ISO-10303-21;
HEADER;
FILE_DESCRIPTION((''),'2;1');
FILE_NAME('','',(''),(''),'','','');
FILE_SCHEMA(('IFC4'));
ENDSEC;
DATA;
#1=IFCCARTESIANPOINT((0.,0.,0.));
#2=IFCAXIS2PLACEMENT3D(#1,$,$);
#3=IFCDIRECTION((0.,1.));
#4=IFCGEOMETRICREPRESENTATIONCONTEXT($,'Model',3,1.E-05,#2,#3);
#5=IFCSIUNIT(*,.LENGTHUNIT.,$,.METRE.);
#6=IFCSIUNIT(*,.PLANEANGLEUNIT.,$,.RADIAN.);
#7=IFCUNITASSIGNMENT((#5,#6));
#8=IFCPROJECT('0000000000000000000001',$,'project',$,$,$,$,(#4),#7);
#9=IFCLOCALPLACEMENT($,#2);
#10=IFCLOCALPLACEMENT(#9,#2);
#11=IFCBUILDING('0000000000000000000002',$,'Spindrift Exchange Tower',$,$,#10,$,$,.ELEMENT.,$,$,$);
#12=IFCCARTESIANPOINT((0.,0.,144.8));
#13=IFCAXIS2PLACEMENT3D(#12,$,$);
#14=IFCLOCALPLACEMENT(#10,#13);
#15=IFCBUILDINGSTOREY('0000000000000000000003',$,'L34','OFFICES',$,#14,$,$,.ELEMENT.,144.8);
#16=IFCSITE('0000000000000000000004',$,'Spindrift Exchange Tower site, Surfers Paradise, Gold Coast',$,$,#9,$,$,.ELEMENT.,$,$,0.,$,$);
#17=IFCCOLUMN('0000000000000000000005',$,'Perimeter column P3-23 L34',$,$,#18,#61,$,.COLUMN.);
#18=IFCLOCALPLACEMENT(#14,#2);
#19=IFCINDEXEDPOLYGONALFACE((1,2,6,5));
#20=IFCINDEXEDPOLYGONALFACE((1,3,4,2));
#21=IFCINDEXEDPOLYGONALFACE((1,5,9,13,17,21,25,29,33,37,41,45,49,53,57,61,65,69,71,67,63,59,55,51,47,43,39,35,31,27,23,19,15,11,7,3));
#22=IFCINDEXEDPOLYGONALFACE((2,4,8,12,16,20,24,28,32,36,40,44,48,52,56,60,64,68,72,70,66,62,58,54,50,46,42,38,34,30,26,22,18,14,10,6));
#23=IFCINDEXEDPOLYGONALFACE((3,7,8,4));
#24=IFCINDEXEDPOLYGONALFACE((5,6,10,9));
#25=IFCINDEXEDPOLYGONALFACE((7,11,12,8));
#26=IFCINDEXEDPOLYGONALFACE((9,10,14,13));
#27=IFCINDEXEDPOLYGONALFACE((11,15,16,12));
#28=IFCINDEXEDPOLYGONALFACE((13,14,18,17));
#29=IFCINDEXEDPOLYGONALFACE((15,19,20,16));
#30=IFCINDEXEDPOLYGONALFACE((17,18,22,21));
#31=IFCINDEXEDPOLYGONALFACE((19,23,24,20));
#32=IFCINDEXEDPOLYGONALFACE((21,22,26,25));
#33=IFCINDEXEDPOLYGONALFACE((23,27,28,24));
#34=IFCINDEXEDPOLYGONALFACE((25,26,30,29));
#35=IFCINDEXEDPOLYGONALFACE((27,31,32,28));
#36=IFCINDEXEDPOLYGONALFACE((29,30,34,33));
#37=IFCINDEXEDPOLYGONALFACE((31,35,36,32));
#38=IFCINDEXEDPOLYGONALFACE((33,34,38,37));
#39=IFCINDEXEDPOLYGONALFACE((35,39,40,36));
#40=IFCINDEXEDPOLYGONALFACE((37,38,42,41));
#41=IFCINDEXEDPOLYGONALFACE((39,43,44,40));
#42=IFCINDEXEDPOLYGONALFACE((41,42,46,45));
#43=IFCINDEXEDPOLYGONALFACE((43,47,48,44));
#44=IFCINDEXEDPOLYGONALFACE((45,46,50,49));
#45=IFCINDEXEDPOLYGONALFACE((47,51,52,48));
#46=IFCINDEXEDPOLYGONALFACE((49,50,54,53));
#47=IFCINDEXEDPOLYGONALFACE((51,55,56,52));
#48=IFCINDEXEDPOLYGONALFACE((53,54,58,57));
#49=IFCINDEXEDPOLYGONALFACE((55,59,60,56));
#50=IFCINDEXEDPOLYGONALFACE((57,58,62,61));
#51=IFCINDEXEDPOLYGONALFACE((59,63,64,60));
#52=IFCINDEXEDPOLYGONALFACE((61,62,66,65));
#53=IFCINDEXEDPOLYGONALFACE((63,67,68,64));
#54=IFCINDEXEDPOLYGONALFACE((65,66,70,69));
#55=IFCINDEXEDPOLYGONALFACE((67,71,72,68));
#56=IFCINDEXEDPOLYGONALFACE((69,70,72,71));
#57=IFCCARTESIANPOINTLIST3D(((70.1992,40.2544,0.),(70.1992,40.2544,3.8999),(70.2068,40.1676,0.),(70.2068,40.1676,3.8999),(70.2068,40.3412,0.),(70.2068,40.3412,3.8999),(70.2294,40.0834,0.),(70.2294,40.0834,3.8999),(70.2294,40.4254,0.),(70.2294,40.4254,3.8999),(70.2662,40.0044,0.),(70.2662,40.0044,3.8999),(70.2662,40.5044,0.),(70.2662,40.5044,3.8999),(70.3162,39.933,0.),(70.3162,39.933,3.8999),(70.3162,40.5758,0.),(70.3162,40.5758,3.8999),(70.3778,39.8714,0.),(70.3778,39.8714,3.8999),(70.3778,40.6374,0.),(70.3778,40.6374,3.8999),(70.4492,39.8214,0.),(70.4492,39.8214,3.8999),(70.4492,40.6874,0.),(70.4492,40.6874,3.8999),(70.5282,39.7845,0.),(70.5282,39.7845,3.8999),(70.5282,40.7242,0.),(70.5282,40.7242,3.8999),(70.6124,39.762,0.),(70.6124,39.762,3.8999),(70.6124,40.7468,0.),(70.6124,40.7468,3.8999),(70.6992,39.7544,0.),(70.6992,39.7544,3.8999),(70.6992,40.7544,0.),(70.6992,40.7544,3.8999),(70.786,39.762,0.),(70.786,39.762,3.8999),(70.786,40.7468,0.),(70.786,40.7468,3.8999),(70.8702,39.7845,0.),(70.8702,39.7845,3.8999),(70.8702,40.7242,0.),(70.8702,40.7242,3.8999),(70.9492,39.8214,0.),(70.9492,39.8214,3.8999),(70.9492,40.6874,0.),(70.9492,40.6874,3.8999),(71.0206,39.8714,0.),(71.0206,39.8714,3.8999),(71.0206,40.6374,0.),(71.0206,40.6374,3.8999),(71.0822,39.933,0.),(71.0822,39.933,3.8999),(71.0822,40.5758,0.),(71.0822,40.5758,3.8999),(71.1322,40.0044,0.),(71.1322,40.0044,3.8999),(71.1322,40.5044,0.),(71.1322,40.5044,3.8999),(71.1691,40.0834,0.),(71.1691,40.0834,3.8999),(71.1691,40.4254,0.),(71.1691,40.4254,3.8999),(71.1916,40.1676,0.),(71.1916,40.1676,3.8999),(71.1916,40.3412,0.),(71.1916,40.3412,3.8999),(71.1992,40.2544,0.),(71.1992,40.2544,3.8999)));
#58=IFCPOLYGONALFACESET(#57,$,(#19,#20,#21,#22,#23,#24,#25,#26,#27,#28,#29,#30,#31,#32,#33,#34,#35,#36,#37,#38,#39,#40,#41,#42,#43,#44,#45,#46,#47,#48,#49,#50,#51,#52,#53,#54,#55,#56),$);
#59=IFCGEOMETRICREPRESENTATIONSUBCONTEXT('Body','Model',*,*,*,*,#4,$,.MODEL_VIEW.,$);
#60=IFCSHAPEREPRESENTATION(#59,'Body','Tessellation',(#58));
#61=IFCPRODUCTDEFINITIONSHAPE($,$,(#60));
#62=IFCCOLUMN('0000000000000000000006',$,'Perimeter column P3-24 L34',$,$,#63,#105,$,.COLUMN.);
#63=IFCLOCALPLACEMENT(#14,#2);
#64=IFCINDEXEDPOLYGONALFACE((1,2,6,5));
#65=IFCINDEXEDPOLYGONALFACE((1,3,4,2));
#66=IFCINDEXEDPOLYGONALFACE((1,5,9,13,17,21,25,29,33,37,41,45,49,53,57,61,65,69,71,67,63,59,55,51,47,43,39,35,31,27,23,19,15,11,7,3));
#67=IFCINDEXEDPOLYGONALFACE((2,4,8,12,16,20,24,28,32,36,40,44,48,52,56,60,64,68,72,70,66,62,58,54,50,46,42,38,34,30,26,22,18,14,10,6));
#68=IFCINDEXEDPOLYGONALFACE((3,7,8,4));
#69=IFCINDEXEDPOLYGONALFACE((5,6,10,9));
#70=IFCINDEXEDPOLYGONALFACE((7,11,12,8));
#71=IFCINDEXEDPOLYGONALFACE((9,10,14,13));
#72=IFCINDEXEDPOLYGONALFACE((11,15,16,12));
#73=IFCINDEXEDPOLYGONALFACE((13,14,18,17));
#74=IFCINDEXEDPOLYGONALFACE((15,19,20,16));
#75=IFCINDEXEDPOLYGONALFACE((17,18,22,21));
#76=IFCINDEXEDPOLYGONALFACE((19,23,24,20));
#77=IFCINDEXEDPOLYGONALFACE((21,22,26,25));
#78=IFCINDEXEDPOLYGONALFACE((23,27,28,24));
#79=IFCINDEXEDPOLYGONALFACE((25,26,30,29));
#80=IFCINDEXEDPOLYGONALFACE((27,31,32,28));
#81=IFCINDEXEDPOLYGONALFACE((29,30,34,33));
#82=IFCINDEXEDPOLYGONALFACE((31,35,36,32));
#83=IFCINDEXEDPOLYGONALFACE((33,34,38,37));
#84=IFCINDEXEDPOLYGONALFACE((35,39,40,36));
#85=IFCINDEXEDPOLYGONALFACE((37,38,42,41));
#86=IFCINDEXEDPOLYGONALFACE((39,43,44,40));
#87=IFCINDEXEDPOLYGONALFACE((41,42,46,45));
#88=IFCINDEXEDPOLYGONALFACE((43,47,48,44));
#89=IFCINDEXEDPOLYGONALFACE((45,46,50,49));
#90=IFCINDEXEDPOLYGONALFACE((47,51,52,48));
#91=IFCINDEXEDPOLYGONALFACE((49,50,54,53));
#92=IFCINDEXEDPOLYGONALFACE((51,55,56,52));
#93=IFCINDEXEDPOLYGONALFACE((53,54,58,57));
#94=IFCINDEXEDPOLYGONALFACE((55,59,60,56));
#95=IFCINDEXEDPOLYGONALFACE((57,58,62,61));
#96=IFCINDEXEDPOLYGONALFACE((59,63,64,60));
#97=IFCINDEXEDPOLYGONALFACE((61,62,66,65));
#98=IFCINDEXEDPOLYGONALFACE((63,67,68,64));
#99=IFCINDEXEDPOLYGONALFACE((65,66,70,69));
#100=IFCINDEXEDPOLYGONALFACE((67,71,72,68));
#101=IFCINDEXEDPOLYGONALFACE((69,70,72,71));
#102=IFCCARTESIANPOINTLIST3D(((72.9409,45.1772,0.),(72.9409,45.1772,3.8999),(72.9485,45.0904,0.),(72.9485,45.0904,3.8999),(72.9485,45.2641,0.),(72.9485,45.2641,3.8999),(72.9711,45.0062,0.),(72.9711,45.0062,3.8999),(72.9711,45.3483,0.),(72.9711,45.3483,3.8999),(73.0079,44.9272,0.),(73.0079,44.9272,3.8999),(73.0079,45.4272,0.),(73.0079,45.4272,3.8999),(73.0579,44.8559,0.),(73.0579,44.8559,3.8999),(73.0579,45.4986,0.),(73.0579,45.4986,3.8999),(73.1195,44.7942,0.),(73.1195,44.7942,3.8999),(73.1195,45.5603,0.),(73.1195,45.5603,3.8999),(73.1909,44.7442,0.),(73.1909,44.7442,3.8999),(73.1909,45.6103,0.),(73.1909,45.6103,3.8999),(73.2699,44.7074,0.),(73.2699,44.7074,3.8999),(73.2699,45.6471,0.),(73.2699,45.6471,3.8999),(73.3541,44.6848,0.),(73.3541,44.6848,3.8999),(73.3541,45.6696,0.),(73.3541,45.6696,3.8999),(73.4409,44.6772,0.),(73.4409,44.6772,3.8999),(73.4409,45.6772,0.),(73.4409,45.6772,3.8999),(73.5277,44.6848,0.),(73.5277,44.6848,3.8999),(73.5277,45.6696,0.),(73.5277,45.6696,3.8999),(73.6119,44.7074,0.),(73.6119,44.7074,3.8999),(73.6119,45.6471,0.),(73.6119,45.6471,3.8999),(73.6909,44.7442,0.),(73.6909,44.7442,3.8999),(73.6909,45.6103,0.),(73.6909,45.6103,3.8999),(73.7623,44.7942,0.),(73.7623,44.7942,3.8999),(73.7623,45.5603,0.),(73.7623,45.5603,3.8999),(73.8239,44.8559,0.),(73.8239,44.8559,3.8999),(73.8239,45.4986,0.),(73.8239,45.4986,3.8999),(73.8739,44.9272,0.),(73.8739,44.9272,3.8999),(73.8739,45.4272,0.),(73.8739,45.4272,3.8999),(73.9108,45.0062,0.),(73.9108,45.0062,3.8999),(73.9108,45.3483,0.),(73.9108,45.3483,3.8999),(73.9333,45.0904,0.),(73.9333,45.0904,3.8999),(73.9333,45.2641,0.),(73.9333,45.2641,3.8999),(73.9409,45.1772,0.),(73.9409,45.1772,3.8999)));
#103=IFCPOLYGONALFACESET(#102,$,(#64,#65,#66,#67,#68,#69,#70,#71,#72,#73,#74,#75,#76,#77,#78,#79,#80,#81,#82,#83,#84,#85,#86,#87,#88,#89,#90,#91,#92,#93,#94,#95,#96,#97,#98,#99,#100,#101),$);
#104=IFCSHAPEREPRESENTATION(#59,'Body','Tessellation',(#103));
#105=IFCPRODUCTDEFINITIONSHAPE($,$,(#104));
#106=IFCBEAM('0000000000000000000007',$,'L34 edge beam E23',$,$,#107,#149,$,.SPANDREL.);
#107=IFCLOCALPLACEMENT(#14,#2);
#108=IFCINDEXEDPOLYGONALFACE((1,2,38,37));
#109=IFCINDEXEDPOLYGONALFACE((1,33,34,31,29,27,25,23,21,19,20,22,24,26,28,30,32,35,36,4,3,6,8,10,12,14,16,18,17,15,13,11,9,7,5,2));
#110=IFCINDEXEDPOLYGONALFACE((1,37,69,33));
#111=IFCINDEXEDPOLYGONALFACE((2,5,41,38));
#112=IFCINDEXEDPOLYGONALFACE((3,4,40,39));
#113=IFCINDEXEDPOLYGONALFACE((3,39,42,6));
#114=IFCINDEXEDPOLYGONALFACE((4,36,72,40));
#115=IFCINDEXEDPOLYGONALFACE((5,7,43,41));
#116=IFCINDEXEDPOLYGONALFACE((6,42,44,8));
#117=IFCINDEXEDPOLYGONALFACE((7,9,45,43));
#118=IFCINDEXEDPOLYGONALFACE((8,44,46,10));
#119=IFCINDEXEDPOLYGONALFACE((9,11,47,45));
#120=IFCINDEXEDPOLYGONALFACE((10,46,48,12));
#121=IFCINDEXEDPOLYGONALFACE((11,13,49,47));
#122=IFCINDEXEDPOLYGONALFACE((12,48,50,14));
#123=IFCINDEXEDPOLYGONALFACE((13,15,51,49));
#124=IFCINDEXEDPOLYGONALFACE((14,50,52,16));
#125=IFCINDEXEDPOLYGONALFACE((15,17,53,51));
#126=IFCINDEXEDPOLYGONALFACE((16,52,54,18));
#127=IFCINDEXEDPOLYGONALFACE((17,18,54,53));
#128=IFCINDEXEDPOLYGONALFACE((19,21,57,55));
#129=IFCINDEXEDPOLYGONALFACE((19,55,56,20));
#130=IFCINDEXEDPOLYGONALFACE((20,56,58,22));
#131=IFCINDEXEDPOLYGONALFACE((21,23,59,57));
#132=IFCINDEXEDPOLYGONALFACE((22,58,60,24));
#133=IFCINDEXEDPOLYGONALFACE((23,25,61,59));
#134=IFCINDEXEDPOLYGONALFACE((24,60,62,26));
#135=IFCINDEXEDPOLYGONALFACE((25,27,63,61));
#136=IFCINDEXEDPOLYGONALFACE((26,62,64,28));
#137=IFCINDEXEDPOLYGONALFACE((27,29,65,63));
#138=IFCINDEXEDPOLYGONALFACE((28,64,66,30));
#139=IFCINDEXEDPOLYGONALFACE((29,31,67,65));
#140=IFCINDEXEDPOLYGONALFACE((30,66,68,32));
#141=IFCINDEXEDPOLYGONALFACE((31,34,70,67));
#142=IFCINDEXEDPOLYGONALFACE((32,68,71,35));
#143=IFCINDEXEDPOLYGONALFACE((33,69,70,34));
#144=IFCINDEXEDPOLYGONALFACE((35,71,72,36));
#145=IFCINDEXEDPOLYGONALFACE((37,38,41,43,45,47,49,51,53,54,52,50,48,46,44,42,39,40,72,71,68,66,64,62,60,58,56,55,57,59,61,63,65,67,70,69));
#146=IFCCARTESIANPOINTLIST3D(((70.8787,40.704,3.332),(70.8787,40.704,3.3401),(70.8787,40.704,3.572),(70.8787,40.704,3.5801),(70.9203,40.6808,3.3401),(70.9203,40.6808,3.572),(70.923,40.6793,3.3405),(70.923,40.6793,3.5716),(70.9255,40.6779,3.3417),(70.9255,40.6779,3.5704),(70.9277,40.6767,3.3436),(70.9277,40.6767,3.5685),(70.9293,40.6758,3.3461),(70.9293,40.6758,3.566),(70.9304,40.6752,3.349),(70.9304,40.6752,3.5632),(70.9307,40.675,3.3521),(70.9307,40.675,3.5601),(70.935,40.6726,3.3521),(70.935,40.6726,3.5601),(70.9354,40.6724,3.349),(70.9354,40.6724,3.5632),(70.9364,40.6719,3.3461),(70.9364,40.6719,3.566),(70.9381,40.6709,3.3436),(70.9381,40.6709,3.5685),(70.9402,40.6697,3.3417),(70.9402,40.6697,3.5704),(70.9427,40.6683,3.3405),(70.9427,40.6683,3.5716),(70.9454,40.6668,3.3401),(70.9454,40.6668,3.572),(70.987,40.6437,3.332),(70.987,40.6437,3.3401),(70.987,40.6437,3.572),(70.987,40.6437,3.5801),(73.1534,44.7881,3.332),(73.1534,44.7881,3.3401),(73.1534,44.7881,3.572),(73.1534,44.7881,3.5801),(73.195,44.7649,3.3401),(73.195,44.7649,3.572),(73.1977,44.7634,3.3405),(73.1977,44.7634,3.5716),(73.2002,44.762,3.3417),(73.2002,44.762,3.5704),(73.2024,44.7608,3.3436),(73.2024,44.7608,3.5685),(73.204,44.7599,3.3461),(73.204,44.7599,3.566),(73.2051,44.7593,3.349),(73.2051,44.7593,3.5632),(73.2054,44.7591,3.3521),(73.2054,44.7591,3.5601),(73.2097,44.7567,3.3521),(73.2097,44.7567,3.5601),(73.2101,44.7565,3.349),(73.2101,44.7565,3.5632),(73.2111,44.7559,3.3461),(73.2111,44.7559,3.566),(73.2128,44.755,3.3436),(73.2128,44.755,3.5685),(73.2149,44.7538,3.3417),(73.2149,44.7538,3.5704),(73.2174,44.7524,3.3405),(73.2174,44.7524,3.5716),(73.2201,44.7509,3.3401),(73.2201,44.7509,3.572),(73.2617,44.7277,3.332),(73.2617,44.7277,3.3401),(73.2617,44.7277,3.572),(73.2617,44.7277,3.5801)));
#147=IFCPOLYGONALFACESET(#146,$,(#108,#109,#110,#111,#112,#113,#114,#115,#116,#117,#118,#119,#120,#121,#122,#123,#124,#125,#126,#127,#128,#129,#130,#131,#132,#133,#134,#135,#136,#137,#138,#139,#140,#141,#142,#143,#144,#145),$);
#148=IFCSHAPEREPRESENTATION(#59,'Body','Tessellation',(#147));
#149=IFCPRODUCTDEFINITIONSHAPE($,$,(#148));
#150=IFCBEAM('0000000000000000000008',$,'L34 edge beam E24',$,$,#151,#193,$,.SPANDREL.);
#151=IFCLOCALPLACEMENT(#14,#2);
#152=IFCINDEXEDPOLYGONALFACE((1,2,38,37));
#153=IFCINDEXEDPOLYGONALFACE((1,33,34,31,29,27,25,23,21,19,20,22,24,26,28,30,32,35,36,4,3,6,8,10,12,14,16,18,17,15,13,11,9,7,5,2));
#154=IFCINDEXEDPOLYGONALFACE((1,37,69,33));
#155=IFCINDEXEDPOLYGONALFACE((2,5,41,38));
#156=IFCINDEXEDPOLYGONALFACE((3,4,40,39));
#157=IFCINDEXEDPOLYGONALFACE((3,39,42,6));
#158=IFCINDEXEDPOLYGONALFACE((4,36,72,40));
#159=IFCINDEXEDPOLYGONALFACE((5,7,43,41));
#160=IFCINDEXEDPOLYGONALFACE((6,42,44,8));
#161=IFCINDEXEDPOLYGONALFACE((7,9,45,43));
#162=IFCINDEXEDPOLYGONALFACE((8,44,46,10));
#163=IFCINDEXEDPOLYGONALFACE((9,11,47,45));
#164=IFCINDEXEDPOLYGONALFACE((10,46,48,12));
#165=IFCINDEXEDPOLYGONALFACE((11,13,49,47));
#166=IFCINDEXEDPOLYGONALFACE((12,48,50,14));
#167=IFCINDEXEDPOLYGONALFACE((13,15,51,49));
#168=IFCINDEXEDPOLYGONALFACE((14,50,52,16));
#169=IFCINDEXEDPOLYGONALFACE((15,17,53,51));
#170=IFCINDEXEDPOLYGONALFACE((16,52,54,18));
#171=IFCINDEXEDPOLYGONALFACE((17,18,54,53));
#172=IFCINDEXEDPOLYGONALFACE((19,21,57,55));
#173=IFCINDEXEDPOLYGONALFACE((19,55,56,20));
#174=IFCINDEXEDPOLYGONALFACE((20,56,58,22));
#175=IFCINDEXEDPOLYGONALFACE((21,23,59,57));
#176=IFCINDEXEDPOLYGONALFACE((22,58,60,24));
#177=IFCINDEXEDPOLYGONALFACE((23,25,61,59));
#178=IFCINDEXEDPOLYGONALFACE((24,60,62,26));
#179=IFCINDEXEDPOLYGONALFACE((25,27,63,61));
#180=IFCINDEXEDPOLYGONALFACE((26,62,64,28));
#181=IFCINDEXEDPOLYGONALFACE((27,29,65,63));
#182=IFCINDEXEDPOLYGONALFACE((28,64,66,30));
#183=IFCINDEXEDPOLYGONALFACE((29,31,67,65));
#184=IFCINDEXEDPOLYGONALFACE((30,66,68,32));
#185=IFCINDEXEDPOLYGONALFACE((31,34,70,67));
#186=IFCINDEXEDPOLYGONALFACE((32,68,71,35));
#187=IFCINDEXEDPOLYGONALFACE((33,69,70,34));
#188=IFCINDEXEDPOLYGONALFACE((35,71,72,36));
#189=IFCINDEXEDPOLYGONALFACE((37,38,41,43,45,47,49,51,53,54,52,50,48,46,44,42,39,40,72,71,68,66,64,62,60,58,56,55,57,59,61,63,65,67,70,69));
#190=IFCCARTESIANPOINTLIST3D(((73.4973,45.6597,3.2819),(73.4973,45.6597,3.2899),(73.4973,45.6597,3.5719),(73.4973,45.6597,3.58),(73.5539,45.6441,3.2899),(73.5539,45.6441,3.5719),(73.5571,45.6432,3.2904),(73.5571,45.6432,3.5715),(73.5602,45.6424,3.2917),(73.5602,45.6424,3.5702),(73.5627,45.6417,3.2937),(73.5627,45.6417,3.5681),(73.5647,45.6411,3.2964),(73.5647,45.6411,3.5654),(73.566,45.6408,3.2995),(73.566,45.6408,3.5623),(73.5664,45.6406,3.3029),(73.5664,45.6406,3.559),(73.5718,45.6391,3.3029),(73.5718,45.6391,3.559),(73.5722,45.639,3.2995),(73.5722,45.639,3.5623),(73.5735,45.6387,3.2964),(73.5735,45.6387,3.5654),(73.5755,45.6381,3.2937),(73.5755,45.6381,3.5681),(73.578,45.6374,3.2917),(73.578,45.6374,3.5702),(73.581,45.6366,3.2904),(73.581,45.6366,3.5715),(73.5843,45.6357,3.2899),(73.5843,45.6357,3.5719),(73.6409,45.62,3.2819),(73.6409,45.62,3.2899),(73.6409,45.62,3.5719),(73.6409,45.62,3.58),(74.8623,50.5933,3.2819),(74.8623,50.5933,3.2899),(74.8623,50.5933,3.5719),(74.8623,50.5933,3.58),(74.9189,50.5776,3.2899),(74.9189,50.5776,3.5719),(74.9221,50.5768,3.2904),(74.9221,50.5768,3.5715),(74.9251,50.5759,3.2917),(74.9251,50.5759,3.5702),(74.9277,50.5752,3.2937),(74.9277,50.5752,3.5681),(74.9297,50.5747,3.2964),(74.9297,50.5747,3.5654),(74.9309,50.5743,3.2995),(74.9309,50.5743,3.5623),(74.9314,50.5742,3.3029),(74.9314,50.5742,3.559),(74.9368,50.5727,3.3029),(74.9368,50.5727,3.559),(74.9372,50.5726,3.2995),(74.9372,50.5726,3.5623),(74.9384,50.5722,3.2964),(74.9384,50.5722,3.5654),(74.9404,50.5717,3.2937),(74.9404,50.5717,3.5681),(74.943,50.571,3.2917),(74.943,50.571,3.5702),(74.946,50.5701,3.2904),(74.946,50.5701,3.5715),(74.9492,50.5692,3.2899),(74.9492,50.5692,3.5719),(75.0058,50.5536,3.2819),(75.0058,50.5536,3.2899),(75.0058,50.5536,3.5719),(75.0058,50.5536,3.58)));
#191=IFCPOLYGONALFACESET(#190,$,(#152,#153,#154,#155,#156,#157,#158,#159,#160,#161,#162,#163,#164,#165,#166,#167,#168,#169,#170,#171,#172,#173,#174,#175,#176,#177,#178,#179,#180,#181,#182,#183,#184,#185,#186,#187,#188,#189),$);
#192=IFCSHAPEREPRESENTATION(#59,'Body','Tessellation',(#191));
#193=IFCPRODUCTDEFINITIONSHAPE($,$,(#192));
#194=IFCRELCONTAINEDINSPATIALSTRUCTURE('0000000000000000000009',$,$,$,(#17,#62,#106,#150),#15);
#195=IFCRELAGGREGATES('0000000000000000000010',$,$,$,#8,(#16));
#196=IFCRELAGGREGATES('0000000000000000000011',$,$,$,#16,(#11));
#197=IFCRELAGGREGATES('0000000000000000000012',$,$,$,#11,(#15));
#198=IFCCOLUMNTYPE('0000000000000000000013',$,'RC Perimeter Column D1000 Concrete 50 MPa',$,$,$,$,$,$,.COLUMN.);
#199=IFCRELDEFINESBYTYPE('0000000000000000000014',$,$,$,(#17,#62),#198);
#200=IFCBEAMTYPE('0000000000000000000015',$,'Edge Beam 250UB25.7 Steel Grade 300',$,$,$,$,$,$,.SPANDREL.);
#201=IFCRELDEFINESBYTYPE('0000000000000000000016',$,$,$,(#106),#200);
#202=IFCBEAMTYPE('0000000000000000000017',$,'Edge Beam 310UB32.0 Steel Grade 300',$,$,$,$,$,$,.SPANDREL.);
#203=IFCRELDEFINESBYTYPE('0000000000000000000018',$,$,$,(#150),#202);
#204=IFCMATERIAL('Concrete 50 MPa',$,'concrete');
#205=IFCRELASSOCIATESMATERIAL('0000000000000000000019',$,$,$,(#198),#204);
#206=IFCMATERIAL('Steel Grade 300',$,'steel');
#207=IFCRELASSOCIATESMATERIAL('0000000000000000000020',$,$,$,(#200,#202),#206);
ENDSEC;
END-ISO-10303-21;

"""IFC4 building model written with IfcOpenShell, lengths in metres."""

from ifc_helpers import new_model, si_unit, direction, frame, origin, origin_2d, place, context, subcontext, project, spatial, circle, i_section, extrude, source, transform, mapped, material, material_profile, profile_set, type_object, element, save


model = new_model("IFC4")

# Units and contexts
model_context = context("Model", 3, precision=1e-05, world=origin(), true_north=direction((0.0, 1.0)))
body_context = subcontext(model_context, "Body", "Model", "MODEL_VIEW")
ifc_project = project(units=[si_unit("LENGTHUNIT", "METRE"), si_unit("PLANEANGLEUNIT", "RADIAN")], contexts=[model_context])

# Site, building, storey
site_placement = place(None, origin())
site = spatial("IfcSite", under=ifc_project, at=site_placement, Name="Spindrift Exchange Tower site, Surfers Paradise, Gold Coast", CompositionType="ELEMENT", RefElevation=0.0)
building_placement = place(site_placement, origin())
building = spatial("IfcBuilding", under=site, at=building_placement, Name="Spindrift Exchange Tower", CompositionType="ELEMENT")
storey_placement = place(building_placement, frame((0.0, 0.0, 144.8)))
storey = spatial("IfcBuildingStorey", under=building, at=storey_placement, Name="L34", Description="OFFICES", CompositionType="ELEMENT", Elevation=144.8)

# Columns
ifc_material_1 = material(Name="Concrete 50 MPa", Category="concrete")
ifc_material_profile_1 = material_profile(ifc_material_1, circle(Radius=0.5, at=origin_2d()), Name="RC D1000")
ifc_profile_set_1 = profile_set([ifc_material_profile_1], Name="Concrete 50 MPa")
column_type = type_object("IfcColumnType", Name="RC Perimeter Column D1000 Concrete 50 MPa", PredefinedType="COLUMN", material=ifc_profile_set_1)
shared_shape_1 = source(origin(), body_context, "Body", "SweptSolid", [
    extrude(circle(Radius=0.5, at=origin_2d()), origin(), (0.0, 0.0, 1.0), 3.8999),
])
for number, where, z_axis, x_axis, name in (
    (1, (70.6992, 40.2544, 0.0), (0.0, 0.0, 1.0), (1.0, 0.0, 0.0), "Perimeter column P3-23 L34"),
    (2, (73.4409, 45.1772, 0.0), (0.0, 0.0, 1.0), (1.0, 0.0, 0.0), "Perimeter column P3-24 L34"),
):
    element("IfcColumn", number, at=place(storey_placement, frame(where, z_axis=z_axis, x_axis=x_axis)), inside=storey, type_object=column_type, Name=name, PredefinedType="COLUMN", context=body_context, shape_type="MappedRepresentation", body=[
        mapped(shared_shape_1, transform((0.0, 0.0, 0.0), scale=1.0)),
    ])

# Beams
ifc_material_2 = material(Name="Steel Grade 300", Category="steel")
ifc_material_profile_2 = material_profile(ifc_material_2, i_section(OverallWidth=0.124, OverallDepth=0.248, WebThickness=0.0049, FlangeThickness=0.0081, FilletRadius=0.012, at=origin_2d()), Name="250UB25.7")
ifc_profile_set_2 = profile_set([ifc_material_profile_2], Name="Steel Grade 300")
beam_type_1 = type_object("IfcBeamType", Name="Edge Beam 250UB25.7 Steel Grade 300", PredefinedType="SPANDREL", material=ifc_profile_set_2)
shared_shape_2 = source(origin(), body_context, "Body", "SweptSolid", [
    extrude(i_section(OverallWidth=0.124, OverallDepth=0.248, WebThickness=0.0049, FlangeThickness=0.0081, FilletRadius=0.012, at=origin_2d()), origin(), (0.0, 0.0, 1.0), 4.6748),
])
beam_1_placement = place(storey_placement, frame((70.9329, 40.6738, 3.4561), z_axis=(0.486587, 0.873632, 0.0), x_axis=(-0.873632, 0.486587, 0.0)))
element("IfcBeam", 3, at=beam_1_placement, inside=storey, type_object=beam_type_1, Name="L34 edge beam E23", PredefinedType="SPANDREL", context=body_context, shape_type="MappedRepresentation", body=[
    mapped(shared_shape_2, transform((0.0, 0.0, 0.0), scale=1.0)),
])
ifc_material_profile_3 = material_profile(ifc_material_2, i_section(OverallWidth=0.1489, OverallDepth=0.2981, WebThickness=0.0056, FlangeThickness=0.0081, FilletRadius=0.0129, at=origin_2d()), Name="310UB32.0")
ifc_profile_set_3 = profile_set([ifc_material_profile_3], Name="Steel Grade 300")
beam_type_2 = type_object("IfcBeamType", Name="Edge Beam 310UB32.0 Steel Grade 300", PredefinedType="SPANDREL", material=ifc_profile_set_3)
shared_shape_3 = source(origin(), body_context, "Body", "SweptSolid", [
    extrude(i_section(OverallWidth=0.1489, OverallDepth=0.2981, WebThickness=0.0056, FlangeThickness=0.0081, FilletRadius=0.0129, at=origin_2d()), origin(), (0.0, 0.0, 1.0), 5.1189),
])
beam_2_placement = place(storey_placement, frame((73.5691, 45.6399, 3.4309), z_axis=(0.266655, 0.963792, 0.0), x_axis=(-0.963792, 0.266655, 0.0)))
element("IfcBeam", 4, at=beam_2_placement, inside=storey, type_object=beam_type_2, Name="L34 edge beam E24", PredefinedType="SPANDREL", context=body_context, shape_type="MappedRepresentation", body=[
    mapped(shared_shape_3, transform((0.0, 0.0, 0.0), scale=1.0)),
])

save(model, "model.ifc")
